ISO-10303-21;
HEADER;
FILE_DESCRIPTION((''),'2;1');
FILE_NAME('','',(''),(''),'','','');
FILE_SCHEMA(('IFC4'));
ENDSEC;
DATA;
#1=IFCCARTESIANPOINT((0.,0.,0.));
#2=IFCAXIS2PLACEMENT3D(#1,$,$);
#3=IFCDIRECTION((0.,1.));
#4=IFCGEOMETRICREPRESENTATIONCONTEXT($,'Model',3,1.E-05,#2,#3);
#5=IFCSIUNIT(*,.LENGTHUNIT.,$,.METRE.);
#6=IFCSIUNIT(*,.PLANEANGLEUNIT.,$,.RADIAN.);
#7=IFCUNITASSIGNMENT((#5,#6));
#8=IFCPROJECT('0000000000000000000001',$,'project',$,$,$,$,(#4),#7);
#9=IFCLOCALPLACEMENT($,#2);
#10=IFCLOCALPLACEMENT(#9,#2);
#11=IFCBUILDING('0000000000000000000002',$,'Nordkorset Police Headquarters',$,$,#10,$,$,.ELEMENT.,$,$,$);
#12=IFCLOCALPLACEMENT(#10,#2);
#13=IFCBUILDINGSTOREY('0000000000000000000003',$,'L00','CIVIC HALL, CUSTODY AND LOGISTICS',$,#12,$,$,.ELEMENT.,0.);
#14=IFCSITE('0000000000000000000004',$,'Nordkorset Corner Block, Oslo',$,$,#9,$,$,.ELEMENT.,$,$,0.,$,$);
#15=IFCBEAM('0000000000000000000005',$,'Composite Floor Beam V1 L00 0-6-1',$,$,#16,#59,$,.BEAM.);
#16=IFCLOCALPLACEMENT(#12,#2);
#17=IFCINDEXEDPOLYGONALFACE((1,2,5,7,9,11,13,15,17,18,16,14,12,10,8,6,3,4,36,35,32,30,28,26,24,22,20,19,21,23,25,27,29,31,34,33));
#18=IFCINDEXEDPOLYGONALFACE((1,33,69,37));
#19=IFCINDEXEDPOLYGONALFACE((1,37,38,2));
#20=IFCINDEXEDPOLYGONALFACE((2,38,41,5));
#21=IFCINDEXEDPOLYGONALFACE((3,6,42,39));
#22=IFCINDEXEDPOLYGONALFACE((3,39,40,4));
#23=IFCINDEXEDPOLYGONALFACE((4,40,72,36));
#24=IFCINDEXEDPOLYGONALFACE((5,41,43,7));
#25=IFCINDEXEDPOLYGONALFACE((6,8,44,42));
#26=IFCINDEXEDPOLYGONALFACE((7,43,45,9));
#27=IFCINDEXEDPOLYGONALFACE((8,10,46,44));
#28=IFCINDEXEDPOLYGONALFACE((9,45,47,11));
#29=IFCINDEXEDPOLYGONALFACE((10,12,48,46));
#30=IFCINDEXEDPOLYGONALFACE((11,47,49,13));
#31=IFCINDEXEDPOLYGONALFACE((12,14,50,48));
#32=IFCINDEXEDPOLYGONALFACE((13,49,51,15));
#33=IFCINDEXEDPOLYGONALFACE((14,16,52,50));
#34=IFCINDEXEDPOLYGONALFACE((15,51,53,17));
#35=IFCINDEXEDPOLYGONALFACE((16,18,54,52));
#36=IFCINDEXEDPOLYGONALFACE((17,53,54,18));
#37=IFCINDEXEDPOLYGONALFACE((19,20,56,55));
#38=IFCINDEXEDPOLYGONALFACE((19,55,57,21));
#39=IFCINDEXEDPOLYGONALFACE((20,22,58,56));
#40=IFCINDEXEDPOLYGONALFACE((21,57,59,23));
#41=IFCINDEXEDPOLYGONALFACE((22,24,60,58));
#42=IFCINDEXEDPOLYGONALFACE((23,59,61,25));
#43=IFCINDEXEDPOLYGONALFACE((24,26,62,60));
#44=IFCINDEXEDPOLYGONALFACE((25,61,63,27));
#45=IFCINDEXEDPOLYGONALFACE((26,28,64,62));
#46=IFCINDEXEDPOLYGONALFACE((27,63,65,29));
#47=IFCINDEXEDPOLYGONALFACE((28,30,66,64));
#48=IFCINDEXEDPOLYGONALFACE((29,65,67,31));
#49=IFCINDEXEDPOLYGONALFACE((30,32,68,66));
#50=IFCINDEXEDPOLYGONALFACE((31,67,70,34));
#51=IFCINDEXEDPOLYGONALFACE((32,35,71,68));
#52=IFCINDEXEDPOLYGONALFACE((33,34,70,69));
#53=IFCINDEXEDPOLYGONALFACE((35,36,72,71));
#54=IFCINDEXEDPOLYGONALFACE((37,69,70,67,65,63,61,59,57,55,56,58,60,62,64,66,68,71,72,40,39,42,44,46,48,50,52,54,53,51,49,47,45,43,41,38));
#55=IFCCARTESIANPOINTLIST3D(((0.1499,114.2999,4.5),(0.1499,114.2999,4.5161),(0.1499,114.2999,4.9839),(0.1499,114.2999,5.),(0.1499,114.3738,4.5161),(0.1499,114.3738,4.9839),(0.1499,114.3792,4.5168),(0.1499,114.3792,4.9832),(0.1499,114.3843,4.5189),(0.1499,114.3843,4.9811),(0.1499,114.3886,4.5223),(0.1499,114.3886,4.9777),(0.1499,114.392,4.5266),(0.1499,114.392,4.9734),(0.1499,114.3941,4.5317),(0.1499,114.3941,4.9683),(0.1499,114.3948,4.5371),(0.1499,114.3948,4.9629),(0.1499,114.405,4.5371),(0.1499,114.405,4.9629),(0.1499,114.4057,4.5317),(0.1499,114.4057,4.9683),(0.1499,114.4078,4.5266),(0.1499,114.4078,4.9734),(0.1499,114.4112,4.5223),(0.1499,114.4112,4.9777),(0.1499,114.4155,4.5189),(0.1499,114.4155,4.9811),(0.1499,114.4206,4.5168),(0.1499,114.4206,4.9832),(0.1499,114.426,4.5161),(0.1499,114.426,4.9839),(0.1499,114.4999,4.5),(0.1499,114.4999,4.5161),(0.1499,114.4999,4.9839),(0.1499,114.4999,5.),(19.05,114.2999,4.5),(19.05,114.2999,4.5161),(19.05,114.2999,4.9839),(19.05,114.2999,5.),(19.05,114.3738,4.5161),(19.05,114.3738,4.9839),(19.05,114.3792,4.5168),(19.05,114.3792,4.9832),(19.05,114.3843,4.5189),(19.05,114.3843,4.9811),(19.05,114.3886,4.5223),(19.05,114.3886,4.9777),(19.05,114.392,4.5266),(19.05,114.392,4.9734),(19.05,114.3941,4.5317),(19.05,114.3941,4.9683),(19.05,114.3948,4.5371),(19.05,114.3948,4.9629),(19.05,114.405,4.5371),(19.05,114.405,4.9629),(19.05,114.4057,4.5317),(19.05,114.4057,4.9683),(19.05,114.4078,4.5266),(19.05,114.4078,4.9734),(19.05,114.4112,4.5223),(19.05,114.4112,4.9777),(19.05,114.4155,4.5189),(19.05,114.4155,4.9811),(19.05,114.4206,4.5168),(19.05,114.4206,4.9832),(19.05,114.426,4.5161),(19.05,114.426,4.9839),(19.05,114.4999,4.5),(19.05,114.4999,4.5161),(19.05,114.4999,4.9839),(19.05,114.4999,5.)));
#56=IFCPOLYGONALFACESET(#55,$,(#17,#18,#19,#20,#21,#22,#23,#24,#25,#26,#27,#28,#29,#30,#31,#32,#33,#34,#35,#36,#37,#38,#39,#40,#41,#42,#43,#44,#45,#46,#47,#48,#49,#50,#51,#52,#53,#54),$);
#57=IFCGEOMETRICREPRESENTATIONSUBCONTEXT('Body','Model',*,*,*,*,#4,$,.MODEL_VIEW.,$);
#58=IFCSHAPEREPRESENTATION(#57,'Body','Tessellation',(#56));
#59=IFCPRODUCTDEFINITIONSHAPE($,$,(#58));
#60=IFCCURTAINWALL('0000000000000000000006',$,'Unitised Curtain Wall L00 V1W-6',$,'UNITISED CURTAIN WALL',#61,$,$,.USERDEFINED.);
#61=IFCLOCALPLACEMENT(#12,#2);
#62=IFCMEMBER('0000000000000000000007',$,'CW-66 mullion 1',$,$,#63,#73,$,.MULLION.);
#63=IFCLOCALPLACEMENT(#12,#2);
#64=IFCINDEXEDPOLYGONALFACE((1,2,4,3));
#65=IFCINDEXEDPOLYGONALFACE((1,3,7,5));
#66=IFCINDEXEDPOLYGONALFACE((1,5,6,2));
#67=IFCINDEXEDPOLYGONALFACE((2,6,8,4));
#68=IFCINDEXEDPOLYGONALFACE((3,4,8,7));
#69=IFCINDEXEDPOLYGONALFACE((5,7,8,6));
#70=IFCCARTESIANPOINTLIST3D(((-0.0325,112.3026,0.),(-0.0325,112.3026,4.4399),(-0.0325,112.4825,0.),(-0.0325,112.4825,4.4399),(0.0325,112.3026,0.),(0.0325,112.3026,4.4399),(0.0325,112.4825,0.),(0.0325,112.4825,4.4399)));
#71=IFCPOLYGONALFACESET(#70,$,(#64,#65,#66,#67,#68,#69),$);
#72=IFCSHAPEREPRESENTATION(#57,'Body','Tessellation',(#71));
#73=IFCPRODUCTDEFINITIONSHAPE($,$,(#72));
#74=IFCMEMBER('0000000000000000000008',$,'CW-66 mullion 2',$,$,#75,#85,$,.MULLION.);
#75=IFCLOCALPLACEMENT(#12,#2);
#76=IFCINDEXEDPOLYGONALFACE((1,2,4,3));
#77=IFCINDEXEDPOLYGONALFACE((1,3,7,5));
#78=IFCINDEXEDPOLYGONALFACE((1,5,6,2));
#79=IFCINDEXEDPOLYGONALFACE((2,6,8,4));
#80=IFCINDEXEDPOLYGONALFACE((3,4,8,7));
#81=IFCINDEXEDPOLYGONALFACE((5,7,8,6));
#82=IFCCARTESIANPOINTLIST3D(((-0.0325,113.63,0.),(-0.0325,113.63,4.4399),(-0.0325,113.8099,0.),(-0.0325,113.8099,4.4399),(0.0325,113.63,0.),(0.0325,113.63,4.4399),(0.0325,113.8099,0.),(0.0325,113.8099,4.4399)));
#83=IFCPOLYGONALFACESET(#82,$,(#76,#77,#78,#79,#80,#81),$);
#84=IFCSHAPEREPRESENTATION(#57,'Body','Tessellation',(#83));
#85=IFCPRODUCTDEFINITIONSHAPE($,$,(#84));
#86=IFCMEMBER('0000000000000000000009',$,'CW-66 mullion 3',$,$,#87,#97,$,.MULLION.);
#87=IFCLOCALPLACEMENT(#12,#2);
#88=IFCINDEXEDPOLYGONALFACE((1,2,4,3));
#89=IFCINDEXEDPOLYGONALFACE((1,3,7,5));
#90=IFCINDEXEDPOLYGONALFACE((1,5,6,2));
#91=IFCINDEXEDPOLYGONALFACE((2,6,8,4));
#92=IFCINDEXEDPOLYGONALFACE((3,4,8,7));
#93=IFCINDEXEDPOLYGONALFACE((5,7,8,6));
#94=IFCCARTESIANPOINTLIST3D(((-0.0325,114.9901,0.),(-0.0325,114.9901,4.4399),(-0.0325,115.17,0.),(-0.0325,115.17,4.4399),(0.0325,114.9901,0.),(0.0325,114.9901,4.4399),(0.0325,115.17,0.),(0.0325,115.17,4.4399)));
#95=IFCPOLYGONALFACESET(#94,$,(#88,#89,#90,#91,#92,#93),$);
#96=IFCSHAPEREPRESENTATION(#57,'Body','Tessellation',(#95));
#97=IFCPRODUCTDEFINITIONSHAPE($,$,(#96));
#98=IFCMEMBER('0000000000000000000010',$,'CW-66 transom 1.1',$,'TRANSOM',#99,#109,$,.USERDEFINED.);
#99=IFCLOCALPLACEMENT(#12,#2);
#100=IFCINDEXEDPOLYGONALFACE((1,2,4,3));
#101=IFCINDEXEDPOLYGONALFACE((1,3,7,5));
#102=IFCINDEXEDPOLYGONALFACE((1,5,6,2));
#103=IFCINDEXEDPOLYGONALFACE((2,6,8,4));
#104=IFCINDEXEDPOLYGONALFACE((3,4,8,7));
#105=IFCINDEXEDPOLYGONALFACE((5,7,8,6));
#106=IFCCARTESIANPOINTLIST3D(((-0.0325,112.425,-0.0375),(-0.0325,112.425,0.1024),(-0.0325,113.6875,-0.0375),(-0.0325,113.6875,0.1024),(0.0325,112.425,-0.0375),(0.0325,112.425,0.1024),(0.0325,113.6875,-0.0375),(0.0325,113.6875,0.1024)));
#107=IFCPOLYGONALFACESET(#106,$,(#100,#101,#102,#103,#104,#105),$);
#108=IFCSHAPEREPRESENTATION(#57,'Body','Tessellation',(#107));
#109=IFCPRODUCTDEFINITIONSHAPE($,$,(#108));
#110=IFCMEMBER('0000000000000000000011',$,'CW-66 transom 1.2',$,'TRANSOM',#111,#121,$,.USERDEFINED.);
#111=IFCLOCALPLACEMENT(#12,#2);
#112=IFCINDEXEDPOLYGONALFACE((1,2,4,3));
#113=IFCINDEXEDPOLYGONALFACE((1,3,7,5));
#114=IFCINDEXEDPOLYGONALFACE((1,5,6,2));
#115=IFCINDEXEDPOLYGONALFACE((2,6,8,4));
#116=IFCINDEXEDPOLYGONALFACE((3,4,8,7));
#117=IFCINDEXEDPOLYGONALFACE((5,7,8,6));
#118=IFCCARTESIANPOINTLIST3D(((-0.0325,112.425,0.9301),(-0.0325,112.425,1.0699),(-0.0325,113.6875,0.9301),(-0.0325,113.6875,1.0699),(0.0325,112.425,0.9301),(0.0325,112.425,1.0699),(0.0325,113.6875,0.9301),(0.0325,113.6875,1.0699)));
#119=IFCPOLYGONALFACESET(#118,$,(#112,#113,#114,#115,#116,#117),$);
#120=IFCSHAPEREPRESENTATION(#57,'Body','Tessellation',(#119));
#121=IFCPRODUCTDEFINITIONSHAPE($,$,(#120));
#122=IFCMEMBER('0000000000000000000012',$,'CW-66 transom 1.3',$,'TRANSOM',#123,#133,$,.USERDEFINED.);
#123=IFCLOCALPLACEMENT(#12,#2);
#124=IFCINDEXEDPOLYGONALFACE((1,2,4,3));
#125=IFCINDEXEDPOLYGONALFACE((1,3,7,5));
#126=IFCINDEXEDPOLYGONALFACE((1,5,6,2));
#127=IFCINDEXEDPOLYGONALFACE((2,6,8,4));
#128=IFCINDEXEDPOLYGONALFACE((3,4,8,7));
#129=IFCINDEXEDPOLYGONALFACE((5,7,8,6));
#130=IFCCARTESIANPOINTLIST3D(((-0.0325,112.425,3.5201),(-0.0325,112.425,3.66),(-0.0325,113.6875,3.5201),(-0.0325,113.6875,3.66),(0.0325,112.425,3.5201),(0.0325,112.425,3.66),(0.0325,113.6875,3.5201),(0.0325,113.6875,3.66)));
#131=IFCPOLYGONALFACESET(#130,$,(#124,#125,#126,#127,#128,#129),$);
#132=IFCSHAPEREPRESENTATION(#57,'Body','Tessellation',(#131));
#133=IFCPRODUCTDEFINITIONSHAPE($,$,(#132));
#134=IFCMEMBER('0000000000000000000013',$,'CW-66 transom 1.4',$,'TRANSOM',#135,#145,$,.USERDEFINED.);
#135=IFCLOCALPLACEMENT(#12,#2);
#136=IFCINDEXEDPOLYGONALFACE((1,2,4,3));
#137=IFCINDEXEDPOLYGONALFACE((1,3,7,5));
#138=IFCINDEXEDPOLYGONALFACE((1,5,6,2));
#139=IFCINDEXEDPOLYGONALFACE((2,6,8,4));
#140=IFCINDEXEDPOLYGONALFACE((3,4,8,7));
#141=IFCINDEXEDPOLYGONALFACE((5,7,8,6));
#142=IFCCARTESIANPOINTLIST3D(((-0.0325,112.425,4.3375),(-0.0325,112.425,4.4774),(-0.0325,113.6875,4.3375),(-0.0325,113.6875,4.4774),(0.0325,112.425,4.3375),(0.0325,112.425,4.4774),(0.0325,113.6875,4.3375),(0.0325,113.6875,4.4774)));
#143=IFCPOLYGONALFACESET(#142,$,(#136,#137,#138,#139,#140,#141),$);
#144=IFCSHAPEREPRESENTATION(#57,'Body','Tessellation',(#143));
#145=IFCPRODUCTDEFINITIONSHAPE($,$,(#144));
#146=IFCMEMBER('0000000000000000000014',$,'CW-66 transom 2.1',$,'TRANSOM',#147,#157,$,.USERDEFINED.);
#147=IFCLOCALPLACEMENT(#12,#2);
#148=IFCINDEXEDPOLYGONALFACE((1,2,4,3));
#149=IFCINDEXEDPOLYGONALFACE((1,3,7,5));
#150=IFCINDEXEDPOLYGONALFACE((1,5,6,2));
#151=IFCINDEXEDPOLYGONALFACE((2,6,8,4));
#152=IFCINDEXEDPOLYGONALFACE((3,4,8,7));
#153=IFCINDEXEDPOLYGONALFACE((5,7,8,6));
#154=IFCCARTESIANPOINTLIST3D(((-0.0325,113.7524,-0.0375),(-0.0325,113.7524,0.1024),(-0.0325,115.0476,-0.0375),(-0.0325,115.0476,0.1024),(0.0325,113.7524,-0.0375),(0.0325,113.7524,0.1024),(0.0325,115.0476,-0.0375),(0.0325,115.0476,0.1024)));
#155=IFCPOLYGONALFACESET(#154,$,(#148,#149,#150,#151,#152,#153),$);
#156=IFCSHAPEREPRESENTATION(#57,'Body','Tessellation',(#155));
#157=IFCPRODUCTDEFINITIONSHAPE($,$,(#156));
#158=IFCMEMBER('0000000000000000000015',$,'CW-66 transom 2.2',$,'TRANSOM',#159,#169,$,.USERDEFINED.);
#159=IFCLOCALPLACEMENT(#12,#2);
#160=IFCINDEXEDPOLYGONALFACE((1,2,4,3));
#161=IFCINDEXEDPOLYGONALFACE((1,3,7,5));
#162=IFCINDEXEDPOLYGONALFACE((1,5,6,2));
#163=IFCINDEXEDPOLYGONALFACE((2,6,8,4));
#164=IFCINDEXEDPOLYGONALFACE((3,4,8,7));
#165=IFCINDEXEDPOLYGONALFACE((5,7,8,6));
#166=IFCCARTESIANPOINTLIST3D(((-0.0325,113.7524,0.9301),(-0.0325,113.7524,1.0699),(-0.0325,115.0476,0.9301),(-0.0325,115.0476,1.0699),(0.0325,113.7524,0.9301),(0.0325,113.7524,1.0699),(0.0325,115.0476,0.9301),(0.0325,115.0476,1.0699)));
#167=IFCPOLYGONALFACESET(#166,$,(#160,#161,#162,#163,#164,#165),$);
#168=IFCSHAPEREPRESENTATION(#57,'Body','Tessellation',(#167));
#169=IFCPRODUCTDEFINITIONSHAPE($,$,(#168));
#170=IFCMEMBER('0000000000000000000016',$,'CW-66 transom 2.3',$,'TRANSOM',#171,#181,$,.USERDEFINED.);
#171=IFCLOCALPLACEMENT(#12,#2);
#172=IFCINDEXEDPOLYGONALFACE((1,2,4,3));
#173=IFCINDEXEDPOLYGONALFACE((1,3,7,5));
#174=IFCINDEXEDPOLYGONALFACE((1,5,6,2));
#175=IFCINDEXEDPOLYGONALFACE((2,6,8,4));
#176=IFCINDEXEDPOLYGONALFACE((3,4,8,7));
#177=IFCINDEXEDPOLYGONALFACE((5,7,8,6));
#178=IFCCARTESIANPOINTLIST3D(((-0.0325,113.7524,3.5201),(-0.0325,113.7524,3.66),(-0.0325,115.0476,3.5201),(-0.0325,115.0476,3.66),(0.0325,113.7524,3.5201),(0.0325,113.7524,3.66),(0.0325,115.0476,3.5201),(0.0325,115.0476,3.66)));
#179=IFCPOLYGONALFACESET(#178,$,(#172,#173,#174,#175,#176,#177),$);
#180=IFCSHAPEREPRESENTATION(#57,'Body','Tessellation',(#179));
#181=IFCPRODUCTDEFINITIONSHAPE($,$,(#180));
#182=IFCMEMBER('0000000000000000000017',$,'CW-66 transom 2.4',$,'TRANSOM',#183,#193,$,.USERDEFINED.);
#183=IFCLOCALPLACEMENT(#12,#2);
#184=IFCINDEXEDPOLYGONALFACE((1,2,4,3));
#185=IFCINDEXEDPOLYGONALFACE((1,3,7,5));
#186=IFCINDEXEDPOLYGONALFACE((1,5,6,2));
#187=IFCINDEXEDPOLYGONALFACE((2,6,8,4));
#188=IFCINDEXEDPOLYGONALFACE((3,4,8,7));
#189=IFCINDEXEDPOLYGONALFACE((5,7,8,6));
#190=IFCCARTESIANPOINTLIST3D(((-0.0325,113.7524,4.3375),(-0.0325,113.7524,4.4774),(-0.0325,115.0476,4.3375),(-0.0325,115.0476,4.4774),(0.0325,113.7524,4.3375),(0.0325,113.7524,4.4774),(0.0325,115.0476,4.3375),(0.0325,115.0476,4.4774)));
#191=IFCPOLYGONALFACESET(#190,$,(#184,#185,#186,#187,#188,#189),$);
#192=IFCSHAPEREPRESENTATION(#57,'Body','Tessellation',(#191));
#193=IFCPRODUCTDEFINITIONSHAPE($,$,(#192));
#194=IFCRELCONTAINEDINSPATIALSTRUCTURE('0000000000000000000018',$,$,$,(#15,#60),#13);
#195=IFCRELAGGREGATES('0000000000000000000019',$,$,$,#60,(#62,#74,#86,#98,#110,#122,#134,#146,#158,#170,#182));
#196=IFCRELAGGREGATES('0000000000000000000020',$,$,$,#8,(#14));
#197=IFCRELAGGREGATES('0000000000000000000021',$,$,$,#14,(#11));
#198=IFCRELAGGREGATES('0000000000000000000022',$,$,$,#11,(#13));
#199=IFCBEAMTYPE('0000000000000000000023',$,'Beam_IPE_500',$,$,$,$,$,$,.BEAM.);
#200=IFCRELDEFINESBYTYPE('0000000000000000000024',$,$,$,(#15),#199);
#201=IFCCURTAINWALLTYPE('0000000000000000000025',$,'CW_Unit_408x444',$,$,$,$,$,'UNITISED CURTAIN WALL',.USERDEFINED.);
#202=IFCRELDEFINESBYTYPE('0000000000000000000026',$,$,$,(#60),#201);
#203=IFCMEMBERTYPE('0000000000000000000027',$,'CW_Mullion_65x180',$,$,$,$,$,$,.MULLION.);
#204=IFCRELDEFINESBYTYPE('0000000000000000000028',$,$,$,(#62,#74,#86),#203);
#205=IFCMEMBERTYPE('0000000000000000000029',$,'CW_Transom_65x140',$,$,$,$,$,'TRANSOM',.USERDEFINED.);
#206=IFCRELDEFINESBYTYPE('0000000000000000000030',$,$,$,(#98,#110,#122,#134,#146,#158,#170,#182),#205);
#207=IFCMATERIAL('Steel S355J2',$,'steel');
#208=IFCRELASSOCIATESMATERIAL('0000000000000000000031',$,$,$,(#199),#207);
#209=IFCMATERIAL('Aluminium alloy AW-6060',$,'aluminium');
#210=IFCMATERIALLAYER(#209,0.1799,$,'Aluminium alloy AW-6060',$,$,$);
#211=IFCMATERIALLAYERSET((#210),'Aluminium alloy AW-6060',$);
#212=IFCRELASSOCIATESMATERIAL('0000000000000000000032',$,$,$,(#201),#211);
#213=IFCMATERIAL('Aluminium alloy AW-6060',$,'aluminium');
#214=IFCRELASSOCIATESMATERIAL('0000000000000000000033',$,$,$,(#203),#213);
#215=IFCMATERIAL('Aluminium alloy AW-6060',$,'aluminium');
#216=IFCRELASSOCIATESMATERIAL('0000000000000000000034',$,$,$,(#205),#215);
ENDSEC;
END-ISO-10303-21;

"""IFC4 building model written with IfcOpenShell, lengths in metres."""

from ifc_helpers import new_model, si_unit, direction, frame, origin, origin_2d, place, context, subcontext, project, spatial, rectangle, i_section, extrude, material, layer, layer_set, material_profile, profile_set, type_object, element, aggregate, save


model = new_model("IFC4")

# Units and contexts
model_context = context("Model", 3, precision=1e-05, world=origin(), true_north=direction((0.0, 1.0)))
body_context = subcontext(model_context, "Body", "Model", "MODEL_VIEW")
ifc_project = project(units=[si_unit("LENGTHUNIT", "METRE"), si_unit("PLANEANGLEUNIT", "RADIAN")], contexts=[model_context])

# Site, building, storey
site_placement = place(None, origin())
site = spatial("IfcSite", under=ifc_project, at=site_placement, Name="Nordkorset Corner Block, Oslo", CompositionType="ELEMENT", RefElevation=0.0)
building_placement = place(site_placement, origin())
building = spatial("IfcBuilding", under=site, at=building_placement, Name="Nordkorset Police Headquarters", CompositionType="ELEMENT")
storey_placement = place(building_placement, origin())
storey = spatial("IfcBuildingStorey", under=building, at=storey_placement, Name="L00", Description="CIVIC HALL, CUSTODY AND LOGISTICS", CompositionType="ELEMENT", Elevation=0.0)

# Beam
ifc_material_1 = material(Name="Steel S355J2", Category="steel")
ifc_material_profile_1 = material_profile(ifc_material_1, i_section(OverallWidth=0.2, OverallDepth=0.5, WebThickness=0.0103, FlangeThickness=0.0161, FilletRadius=0.021, at=origin_2d()), Name="IPE 500")
ifc_profile_set_1 = profile_set([ifc_material_profile_1], Name="Steel S355J2")
beam_type = type_object("IfcBeamType", Name="Beam_IPE_500", PredefinedType="BEAM", material=ifc_profile_set_1)
beam_placement = place(storey_placement, frame((0.1499, 114.3999, 4.75), z_axis=(1.0, 0.0, 0.0), x_axis=(0.0, 1.0, 0.0)))
element("IfcBeam", 1, at=beam_placement, inside=storey, type_object=beam_type, Name="Composite Floor Beam V1 L00 0-6-1", PredefinedType="BEAM", context=body_context, shape_type="SweptSolid", body=[
    extrude(i_section(OverallWidth=0.2, OverallDepth=0.5, WebThickness=0.0103, FlangeThickness=0.0161, FilletRadius=0.021, at=origin_2d()), origin(), (0.0, 0.0, 1.0), 18.9001),
])

# Curtain wall, members
ifc_material_2 = material(Name="Aluminium alloy AW-6060", Category="aluminium")
ifc_layer_1 = layer(ifc_material_2, 0.1799, Name="Aluminium alloy AW-6060")
ifc_layer_set_1 = layer_set([ifc_layer_1], Name="Aluminium alloy AW-6060")
curtain_wall_type = type_object("IfcCurtainWallType", Name="CW_Unit_408x444", ElementType="UNITISED CURTAIN WALL", PredefinedType="USERDEFINED", material=ifc_layer_set_1)
curtain_wall_placement = place(storey_placement, origin())
curtain_wall = element("IfcCurtainWall", 2, at=curtain_wall_placement, inside=storey, type_object=curtain_wall_type, Name="Unitised Curtain Wall L00 V1W-6", ObjectType="UNITISED CURTAIN WALL", PredefinedType="USERDEFINED")
ifc_material_3 = material(Name="Aluminium alloy AW-6060", Category="aluminium")
ifc_material_profile_2 = material_profile(ifc_material_3, rectangle(XDim=0.0649, YDim=0.1799, at=origin_2d()), Name="ALU MULL 65x180")
ifc_profile_set_2 = profile_set([ifc_material_profile_2], Name="Aluminium alloy AW-6060")
member_type_1 = type_object("IfcMemberType", Name="CW_Mullion_65x180", PredefinedType="MULLION", material=ifc_profile_set_2)
member_1_placement = place(storey_placement, frame((0.0, 112.3926, 0.0), z_axis=(0.0, 0.0, 1.0), x_axis=(-1.0, 0.0, 0.0)))
member_1 = element("IfcMember", 3, at=member_1_placement, type_object=member_type_1, Name="CW-66 mullion 1", PredefinedType="MULLION", context=body_context, shape_type="SweptSolid", body=[
    extrude(rectangle(XDim=0.0649, YDim=0.1799, at=origin_2d()), origin(), (0.0, 0.0, 1.0), 4.4399),
])
member_2_placement = place(storey_placement, frame((0.0, 113.72, 0.0), z_axis=(0.0, 0.0, 1.0), x_axis=(-1.0, 0.0, 0.0)))
member_2 = element("IfcMember", 4, at=member_2_placement, type_object=member_type_1, Name="CW-66 mullion 2", PredefinedType="MULLION", context=body_context, shape_type="SweptSolid", body=[
    extrude(rectangle(XDim=0.0649, YDim=0.1799, at=origin_2d()), origin(), (0.0, 0.0, 1.0), 4.4399),
])
member_3_placement = place(storey_placement, frame((0.0, 115.0801, 0.0), z_axis=(0.0, 0.0, 1.0), x_axis=(-1.0, 0.0, 0.0)))
member_3 = element("IfcMember", 5, at=member_3_placement, type_object=member_type_1, Name="CW-66 mullion 3", PredefinedType="MULLION", context=body_context, shape_type="SweptSolid", body=[
    extrude(rectangle(XDim=0.0649, YDim=0.1799, at=origin_2d()), origin(), (0.0, 0.0, 1.0), 4.4399),
])
ifc_material_4 = material(Name="Aluminium alloy AW-6060", Category="aluminium")
ifc_material_profile_3 = material_profile(ifc_material_4, rectangle(XDim=0.0649, YDim=0.1399, at=origin_2d()), Name="ALU TRAN 65x140")
ifc_profile_set_3 = profile_set([ifc_material_profile_3], Name="Aluminium alloy AW-6060")
member_type_2 = type_object("IfcMemberType", Name="CW_Transom_65x140", ElementType="TRANSOM", PredefinedType="USERDEFINED", material=ifc_profile_set_3)
member_4_placement = place(storey_placement, frame((0.0, 112.425, 0.0325), z_axis=(0.0, 1.0, 0.0), x_axis=(-1.0, 0.0, 0.0)))
member_4 = element("IfcMember", 6, at=member_4_placement, type_object=member_type_2, Name="CW-66 transom 1.1", ObjectType="TRANSOM", PredefinedType="USERDEFINED", context=body_context, shape_type="SweptSolid", body=[
    extrude(rectangle(XDim=0.0649, YDim=0.1399, at=origin_2d()), origin(), (0.0, 0.0, 1.0), 1.2625),
])
member_5_placement = place(storey_placement, frame((0.0, 112.425, 1.0), z_axis=(0.0, 1.0, 0.0), x_axis=(-1.0, 0.0, 0.0)))
member_5 = element("IfcMember", 7, at=member_5_placement, type_object=member_type_2, Name="CW-66 transom 1.2", ObjectType="TRANSOM", PredefinedType="USERDEFINED", context=body_context, shape_type="SweptSolid", body=[
    extrude(rectangle(XDim=0.0649, YDim=0.1399, at=origin_2d()), origin(), (0.0, 0.0, 1.0), 1.2625),
])
member_6_placement = place(storey_placement, frame((0.0, 112.425, 3.5901), z_axis=(0.0, 1.0, 0.0), x_axis=(-1.0, 0.0, 0.0)))
member_6 = element("IfcMember", 8, at=member_6_placement, type_object=member_type_2, Name="CW-66 transom 1.3", ObjectType="TRANSOM", PredefinedType="USERDEFINED", context=body_context, shape_type="SweptSolid", body=[
    extrude(rectangle(XDim=0.0649, YDim=0.1399, at=origin_2d()), origin(), (0.0, 0.0, 1.0), 1.2625),
])
member_7_placement = place(storey_placement, frame((0.0, 112.425, 4.4075), z_axis=(0.0, 1.0, 0.0), x_axis=(-1.0, 0.0, 0.0)))
member_7 = element("IfcMember", 9, at=member_7_placement, type_object=member_type_2, Name="CW-66 transom 1.4", ObjectType="TRANSOM", PredefinedType="USERDEFINED", context=body_context, shape_type="SweptSolid", body=[
    extrude(rectangle(XDim=0.0649, YDim=0.1399, at=origin_2d()), origin(), (0.0, 0.0, 1.0), 1.2625),
])
member_8_placement = place(storey_placement, frame((0.0, 113.7524, 0.0325), z_axis=(0.0, 1.0, 0.0), x_axis=(-1.0, 0.0, 0.0)))
member_8 = element("IfcMember", 10, at=member_8_placement, type_object=member_type_2, Name="CW-66 transom 2.1", ObjectType="TRANSOM", PredefinedType="USERDEFINED", context=body_context, shape_type="SweptSolid", body=[
    extrude(rectangle(XDim=0.0649, YDim=0.1399, at=origin_2d()), origin(), (0.0, 0.0, 1.0), 1.2952),
])
member_9_placement = place(storey_placement, frame((0.0, 113.7524, 1.0), z_axis=(0.0, 1.0, 0.0), x_axis=(-1.0, 0.0, 0.0)))
member_9 = element("IfcMember", 11, at=member_9_placement, type_object=member_type_2, Name="CW-66 transom 2.2", ObjectType="TRANSOM", PredefinedType="USERDEFINED", context=body_context, shape_type="SweptSolid", body=[
    extrude(rectangle(XDim=0.0649, YDim=0.1399, at=origin_2d()), origin(), (0.0, 0.0, 1.0), 1.2952),
])
member_10_placement = place(storey_placement, frame((0.0, 113.7524, 3.5901), z_axis=(0.0, 1.0, 0.0), x_axis=(-1.0, 0.0, 0.0)))
member_10 = element("IfcMember", 12, at=member_10_placement, type_object=member_type_2, Name="CW-66 transom 2.3", ObjectType="TRANSOM", PredefinedType="USERDEFINED", context=body_context, shape_type="SweptSolid", body=[
    extrude(rectangle(XDim=0.0649, YDim=0.1399, at=origin_2d()), origin(), (0.0, 0.0, 1.0), 1.2952),
])
member_11_placement = place(storey_placement, frame((0.0, 113.7524, 4.4075), z_axis=(0.0, 1.0, 0.0), x_axis=(-1.0, 0.0, 0.0)))
member_11 = element("IfcMember", 13, at=member_11_placement, type_object=member_type_2, Name="CW-66 transom 2.4", ObjectType="TRANSOM", PredefinedType="USERDEFINED", context=body_context, shape_type="SweptSolid", body=[
    extrude(rectangle(XDim=0.0649, YDim=0.1399, at=origin_2d()), origin(), (0.0, 0.0, 1.0), 1.2952),
])

aggregate(curtain_wall, [member_1, member_2, member_3, member_4, member_5, member_6, member_7, member_8, member_9, member_10, member_11])

save(model, "model.ifc")
